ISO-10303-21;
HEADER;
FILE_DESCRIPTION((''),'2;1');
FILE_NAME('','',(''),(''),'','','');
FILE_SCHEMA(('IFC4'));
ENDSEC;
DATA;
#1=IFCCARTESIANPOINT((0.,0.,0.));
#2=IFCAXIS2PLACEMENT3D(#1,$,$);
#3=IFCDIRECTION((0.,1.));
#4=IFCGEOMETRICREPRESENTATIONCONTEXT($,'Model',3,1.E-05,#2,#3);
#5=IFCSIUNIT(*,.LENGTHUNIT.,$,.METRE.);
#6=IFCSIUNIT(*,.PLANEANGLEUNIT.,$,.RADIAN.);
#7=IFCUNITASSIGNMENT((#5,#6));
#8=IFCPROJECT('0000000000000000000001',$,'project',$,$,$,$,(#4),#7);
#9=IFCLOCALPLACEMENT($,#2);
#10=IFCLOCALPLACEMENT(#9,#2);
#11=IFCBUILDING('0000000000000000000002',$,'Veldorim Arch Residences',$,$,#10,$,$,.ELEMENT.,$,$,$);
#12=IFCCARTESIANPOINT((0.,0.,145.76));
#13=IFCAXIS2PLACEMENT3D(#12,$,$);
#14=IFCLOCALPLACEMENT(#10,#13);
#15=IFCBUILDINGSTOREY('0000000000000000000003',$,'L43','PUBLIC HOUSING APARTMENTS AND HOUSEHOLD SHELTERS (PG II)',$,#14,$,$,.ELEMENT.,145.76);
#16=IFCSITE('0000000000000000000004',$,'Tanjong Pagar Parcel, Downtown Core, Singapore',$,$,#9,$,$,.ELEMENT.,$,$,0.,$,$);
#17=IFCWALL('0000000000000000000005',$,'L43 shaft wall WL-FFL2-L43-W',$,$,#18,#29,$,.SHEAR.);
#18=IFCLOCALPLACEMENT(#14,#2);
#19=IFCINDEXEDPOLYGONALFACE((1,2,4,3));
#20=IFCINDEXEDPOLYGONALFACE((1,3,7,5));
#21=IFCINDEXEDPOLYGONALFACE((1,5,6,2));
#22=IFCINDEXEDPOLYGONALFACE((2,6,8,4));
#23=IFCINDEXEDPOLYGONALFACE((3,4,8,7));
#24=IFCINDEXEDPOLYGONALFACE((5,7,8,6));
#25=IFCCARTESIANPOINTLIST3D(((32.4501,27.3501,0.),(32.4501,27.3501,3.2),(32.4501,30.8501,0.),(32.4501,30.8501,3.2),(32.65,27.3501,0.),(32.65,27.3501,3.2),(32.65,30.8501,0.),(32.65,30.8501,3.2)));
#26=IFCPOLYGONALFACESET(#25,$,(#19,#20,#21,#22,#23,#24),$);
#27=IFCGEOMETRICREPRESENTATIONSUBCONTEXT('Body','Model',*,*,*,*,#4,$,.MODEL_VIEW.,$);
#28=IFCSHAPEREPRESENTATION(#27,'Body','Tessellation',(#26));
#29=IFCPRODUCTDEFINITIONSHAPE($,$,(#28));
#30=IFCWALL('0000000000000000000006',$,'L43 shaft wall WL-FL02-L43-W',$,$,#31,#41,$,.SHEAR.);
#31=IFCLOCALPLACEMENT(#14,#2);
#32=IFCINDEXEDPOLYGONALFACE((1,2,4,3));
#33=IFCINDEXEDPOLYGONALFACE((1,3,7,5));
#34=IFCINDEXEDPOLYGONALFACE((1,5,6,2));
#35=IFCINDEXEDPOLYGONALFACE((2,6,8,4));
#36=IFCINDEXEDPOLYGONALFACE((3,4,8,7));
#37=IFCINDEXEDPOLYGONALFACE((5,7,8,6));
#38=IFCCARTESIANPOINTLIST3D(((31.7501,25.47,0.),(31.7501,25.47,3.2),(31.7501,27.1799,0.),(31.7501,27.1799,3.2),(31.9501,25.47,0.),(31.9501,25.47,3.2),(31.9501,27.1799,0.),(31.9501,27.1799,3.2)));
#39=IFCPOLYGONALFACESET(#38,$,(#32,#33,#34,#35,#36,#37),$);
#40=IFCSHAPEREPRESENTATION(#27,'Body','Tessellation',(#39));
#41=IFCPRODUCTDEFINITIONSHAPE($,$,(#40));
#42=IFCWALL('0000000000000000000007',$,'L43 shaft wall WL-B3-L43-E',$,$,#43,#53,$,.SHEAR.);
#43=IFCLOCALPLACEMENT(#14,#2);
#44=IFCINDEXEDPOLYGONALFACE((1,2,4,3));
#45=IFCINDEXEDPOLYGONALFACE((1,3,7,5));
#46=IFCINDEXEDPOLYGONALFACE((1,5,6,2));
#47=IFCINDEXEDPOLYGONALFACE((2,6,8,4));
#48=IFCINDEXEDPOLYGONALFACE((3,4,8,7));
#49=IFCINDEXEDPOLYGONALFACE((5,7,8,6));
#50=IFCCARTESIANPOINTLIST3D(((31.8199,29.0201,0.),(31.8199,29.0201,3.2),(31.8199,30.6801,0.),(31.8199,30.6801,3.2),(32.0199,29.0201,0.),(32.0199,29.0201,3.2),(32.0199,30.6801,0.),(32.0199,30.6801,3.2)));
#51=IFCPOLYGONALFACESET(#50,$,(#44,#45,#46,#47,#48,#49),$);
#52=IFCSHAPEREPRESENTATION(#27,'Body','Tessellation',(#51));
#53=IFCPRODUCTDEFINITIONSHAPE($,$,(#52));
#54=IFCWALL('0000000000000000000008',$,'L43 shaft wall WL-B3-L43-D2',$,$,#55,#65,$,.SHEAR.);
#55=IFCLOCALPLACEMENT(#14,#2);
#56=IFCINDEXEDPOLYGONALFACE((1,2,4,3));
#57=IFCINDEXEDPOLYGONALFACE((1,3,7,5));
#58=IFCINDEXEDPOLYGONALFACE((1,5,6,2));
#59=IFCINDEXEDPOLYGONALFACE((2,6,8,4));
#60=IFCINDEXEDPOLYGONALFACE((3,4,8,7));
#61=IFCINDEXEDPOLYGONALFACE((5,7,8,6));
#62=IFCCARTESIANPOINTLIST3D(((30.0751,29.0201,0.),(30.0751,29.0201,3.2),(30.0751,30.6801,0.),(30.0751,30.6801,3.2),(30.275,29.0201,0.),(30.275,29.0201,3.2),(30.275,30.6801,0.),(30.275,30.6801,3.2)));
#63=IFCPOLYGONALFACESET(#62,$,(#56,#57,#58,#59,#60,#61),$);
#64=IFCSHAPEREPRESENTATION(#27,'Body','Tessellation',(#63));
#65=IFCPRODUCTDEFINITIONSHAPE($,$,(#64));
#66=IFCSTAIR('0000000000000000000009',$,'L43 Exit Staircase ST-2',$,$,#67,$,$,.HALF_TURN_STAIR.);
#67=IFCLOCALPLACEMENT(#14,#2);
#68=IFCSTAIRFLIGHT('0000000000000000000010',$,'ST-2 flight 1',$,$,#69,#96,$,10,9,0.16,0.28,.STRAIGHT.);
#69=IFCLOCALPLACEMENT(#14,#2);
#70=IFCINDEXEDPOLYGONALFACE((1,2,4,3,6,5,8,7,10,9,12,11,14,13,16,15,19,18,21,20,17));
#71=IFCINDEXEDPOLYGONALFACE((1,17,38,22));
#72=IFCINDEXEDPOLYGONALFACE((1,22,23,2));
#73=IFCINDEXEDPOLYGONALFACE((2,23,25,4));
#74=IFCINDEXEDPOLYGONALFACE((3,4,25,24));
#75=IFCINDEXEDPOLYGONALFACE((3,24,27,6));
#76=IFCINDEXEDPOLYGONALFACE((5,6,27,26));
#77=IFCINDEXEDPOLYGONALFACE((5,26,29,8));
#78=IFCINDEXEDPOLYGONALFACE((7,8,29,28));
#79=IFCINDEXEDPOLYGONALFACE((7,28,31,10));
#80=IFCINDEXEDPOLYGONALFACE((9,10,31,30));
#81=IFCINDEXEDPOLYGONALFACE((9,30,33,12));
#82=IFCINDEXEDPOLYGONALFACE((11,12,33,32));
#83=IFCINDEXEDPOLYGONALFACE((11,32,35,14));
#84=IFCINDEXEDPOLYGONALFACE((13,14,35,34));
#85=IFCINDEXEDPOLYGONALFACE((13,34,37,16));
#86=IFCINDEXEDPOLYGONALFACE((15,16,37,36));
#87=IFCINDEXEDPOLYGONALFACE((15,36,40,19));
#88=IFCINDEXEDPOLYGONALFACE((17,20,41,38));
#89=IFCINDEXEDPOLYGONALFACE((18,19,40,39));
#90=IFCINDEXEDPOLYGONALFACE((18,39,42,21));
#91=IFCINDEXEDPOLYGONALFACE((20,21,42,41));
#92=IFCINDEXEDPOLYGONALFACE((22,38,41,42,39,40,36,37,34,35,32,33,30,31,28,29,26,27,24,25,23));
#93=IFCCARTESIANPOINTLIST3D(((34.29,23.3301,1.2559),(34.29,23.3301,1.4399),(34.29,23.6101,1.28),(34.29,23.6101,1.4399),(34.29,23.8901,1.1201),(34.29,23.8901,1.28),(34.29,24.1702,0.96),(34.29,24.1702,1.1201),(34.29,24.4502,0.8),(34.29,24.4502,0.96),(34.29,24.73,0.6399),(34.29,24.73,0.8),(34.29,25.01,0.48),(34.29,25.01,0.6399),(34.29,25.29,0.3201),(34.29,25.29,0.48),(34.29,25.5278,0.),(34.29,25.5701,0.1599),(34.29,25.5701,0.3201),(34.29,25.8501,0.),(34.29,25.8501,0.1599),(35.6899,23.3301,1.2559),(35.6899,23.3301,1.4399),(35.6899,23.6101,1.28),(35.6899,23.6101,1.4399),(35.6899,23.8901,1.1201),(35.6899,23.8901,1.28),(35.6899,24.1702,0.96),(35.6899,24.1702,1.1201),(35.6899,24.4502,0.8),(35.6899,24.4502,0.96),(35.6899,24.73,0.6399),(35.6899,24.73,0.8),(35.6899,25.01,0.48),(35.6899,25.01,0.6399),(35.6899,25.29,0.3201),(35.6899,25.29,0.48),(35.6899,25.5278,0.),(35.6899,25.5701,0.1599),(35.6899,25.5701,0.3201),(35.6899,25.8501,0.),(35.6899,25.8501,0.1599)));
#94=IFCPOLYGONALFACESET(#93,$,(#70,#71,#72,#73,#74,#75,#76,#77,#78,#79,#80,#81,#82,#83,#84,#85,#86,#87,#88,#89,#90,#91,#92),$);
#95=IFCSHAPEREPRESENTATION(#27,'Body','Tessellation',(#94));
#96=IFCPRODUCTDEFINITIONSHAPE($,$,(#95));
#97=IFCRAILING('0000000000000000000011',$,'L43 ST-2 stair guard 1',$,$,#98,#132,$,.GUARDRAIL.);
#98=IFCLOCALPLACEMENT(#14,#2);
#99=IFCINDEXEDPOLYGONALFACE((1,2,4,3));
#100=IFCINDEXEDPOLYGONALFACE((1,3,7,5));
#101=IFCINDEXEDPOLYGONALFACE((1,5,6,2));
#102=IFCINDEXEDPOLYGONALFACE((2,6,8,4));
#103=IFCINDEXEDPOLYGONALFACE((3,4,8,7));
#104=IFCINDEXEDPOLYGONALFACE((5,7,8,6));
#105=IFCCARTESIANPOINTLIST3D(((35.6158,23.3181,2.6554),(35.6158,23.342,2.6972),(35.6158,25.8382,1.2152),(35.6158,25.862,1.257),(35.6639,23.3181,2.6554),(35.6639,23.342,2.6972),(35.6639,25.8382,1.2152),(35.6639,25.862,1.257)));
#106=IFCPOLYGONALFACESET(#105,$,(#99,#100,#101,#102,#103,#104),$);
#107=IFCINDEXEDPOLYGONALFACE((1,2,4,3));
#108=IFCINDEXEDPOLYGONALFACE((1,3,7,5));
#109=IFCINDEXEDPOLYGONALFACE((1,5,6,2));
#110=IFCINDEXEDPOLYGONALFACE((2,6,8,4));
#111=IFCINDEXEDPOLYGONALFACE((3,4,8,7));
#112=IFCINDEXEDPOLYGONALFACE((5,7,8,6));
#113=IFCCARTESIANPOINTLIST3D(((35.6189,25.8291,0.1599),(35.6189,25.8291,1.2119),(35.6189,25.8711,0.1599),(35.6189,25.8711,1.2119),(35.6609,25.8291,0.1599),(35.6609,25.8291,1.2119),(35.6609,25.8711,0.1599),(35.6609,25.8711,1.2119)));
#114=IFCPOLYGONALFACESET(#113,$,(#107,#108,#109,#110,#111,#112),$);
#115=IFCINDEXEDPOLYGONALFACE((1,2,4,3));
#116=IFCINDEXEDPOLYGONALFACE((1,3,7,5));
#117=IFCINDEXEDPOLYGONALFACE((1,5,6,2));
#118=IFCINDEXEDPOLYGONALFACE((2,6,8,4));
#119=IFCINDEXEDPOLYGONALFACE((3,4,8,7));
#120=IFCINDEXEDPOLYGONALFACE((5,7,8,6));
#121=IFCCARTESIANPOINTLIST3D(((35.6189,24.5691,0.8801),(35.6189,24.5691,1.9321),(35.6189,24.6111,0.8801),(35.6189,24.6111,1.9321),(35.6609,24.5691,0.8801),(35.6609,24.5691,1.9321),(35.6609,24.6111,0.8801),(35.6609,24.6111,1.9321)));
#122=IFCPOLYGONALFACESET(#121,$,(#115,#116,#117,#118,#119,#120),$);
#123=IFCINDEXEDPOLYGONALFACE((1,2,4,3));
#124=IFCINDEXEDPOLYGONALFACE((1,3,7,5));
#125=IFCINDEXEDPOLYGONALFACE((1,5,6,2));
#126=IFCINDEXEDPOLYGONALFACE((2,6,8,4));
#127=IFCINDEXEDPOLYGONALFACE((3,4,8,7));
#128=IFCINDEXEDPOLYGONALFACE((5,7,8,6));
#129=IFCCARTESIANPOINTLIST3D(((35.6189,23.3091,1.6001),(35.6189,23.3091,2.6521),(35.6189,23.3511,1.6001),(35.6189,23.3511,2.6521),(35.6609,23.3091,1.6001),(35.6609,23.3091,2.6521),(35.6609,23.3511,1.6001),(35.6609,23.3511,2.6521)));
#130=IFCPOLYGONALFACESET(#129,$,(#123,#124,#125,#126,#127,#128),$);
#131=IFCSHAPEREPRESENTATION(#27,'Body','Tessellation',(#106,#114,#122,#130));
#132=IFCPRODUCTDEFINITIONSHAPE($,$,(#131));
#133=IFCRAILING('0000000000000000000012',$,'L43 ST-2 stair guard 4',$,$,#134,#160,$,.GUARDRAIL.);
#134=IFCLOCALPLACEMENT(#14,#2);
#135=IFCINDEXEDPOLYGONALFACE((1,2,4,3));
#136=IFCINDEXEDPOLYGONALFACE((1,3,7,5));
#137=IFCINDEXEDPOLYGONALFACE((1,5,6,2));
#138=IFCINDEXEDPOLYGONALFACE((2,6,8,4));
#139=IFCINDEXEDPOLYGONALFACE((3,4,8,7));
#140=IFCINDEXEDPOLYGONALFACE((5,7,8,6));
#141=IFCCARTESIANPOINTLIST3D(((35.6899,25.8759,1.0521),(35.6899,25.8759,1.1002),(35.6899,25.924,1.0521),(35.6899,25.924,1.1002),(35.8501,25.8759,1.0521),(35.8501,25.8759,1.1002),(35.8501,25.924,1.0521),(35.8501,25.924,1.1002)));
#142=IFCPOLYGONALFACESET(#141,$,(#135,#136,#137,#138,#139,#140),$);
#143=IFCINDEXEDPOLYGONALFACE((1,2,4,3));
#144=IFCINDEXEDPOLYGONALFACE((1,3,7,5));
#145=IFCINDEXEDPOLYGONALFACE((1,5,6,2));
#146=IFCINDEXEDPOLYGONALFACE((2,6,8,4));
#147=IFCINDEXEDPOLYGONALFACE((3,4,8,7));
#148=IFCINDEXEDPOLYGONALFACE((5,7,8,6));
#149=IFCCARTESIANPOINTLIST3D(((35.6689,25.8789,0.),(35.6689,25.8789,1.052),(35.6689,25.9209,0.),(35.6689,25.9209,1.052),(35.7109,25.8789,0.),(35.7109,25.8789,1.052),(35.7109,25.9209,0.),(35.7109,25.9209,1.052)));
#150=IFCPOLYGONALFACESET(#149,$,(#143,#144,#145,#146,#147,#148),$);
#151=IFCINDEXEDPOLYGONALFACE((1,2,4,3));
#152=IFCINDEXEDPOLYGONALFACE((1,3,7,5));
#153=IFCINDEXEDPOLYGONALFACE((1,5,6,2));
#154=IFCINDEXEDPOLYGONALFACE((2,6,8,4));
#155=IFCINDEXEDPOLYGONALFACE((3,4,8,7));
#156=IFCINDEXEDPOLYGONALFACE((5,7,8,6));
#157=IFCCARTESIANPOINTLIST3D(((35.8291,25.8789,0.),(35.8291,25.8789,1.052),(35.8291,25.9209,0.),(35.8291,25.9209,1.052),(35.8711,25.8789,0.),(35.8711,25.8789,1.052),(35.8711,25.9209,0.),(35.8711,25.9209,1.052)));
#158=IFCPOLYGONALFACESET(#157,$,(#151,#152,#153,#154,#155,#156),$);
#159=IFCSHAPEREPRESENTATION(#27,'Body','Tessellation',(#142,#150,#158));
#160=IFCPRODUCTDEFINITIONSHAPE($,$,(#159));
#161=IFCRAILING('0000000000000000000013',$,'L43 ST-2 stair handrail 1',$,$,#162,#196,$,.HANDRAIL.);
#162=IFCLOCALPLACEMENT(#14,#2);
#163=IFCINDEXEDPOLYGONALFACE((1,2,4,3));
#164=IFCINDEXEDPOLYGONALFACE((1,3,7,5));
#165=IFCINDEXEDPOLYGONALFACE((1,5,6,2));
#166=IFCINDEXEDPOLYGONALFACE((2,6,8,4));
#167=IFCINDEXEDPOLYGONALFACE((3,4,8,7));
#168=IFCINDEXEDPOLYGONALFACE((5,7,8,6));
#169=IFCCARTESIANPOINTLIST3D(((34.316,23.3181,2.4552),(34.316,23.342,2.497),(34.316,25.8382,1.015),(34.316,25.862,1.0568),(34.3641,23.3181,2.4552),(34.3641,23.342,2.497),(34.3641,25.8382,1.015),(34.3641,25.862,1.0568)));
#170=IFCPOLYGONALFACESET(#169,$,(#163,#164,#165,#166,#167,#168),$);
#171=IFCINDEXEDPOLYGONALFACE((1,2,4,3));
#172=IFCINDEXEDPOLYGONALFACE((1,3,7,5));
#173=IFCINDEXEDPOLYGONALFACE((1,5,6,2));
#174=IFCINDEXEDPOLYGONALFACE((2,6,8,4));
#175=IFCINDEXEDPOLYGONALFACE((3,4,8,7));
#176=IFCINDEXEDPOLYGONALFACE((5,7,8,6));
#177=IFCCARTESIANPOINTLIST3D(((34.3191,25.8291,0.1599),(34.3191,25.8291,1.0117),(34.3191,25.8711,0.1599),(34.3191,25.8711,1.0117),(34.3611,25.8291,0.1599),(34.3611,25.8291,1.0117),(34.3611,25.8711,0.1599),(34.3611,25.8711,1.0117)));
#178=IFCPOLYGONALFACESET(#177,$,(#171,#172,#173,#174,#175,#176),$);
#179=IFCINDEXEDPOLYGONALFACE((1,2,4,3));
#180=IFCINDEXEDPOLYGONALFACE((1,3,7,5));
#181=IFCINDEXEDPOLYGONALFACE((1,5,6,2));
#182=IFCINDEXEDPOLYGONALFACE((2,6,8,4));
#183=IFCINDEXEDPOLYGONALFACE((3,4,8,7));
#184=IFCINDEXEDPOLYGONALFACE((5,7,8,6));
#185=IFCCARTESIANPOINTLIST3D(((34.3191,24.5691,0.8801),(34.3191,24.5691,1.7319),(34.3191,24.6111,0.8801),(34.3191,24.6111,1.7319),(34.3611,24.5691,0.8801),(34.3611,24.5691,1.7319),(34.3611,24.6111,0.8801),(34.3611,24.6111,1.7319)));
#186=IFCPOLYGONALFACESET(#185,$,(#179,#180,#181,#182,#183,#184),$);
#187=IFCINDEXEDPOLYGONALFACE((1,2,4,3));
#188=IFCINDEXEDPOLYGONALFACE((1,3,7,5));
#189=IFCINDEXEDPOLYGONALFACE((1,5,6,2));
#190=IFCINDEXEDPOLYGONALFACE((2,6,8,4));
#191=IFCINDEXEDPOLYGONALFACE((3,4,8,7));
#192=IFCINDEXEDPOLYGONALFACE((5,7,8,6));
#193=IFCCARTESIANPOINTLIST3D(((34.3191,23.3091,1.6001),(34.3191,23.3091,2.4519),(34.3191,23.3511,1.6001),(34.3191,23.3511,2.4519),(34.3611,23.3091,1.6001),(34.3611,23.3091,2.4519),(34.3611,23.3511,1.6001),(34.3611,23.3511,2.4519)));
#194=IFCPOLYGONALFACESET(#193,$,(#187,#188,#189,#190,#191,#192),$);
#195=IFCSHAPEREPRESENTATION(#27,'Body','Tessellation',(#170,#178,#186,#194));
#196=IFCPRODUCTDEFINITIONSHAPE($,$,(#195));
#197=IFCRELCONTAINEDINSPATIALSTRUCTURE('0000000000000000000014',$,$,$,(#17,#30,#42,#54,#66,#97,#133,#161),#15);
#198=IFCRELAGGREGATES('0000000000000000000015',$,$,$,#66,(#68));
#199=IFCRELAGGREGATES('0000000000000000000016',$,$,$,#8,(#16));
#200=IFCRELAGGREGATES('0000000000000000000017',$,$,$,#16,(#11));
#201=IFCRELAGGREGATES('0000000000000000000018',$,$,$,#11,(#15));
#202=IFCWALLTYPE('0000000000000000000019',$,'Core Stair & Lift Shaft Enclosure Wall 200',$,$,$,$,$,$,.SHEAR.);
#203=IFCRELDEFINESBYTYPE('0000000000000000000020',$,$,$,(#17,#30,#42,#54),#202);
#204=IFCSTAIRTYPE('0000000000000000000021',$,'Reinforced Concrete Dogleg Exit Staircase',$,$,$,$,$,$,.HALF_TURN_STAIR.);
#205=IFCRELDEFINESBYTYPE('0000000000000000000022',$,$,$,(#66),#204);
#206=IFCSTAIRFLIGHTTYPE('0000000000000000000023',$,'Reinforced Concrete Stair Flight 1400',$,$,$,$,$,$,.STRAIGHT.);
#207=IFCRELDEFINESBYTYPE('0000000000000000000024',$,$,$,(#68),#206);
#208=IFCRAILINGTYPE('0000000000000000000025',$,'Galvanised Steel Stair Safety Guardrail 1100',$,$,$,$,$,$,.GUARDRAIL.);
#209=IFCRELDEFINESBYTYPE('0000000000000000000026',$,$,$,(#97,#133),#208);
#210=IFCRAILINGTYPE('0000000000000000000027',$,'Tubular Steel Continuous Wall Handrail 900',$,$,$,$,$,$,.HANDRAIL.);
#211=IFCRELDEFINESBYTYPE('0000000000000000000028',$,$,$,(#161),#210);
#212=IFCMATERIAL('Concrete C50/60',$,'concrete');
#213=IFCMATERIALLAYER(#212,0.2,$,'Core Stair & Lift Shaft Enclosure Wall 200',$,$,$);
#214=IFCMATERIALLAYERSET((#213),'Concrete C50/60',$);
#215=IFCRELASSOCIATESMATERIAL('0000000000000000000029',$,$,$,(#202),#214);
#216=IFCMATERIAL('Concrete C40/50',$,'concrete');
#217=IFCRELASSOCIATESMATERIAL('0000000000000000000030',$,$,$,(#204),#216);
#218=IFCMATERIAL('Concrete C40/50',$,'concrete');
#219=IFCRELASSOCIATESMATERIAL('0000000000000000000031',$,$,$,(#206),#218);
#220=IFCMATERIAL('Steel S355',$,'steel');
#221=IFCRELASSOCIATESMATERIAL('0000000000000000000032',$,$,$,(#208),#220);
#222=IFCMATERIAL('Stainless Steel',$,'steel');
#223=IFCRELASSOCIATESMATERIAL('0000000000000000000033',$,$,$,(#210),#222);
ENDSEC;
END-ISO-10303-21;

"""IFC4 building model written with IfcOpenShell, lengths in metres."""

from ifc_helpers import new_model, si_unit, direction, frame, frame_2d, origin, origin_2d, place, context, subcontext, project, spatial, polyline, rectangle, outline, extrude, material, layer, layer_set, type_object, element, aggregate, save


model = new_model("IFC4")

# Units and contexts
model_context = context("Model", 3, precision=1e-05, world=origin(), true_north=direction((0.0, 1.0)))
body_context = subcontext(model_context, "Body", "Model", "MODEL_VIEW")
ifc_project = project(units=[si_unit("LENGTHUNIT", "METRE"), si_unit("PLANEANGLEUNIT", "RADIAN")], contexts=[model_context])

# Site, building, storey
site_placement = place(None, origin())
site = spatial("IfcSite", under=ifc_project, at=site_placement, Name="Tanjong Pagar Parcel, Downtown Core, Singapore", CompositionType="ELEMENT", RefElevation=0.0)
building_placement = place(site_placement, origin())
building = spatial("IfcBuilding", under=site, at=building_placement, Name="Veldorim Arch Residences", CompositionType="ELEMENT")
storey_placement = place(building_placement, frame((0.0, 0.0, 145.76)))
storey = spatial("IfcBuildingStorey", under=building, at=storey_placement, Name="L43", Description="PUBLIC HOUSING APARTMENTS AND HOUSEHOLD SHELTERS (PG II)", CompositionType="ELEMENT", Elevation=145.76)

# Shared definitions
ifc_material_1 = material(Name="Concrete C50/60", Category="concrete")
ifc_layer_1 = layer(ifc_material_1, 0.2, Name="Core Stair & Lift Shaft Enclosure Wall 200")
ifc_layer_set_1 = layer_set([ifc_layer_1], Name="Concrete C50/60")
wall_type_1 = type_object("IfcWallType", Name="Core Stair & Lift Shaft Enclosure Wall 200", PredefinedType="SHEAR", material=ifc_layer_set_1)

# Wall
wall_1_placement = place(storey_placement, frame((32.55, 27.3501, 0.0), z_axis=(0.0, 0.0, 1.0), x_axis=(0.0, 1.0, 0.0)))
element("IfcWall", 1, at=wall_1_placement, inside=storey, type_object=wall_type_1, Name="L43 shaft wall WL-FFL2-L43-W", PredefinedType="SHEAR", context=body_context, shape_type="SweptSolid", body=[
    extrude(rectangle(XDim=3.5, YDim=0.2, at=frame_2d((1.75, 0.0))), origin(), (0.0, 0.0, 1.0), 3.2),
])

# Walls
wall_2_placement = place(storey_placement, frame((31.8501, 25.47, 0.0), z_axis=(0.0, 0.0, 1.0), x_axis=(0.0, 1.0, 0.0)))
element("IfcWall", 2, at=wall_2_placement, inside=storey, type_object=wall_type_1, Name="L43 shaft wall WL-FL02-L43-W", PredefinedType="SHEAR", context=body_context, shape_type="SweptSolid", body=[
    extrude(rectangle(XDim=1.71, YDim=0.2, at=frame_2d((0.855, 0.0))), origin(), (0.0, 0.0, 1.0), 3.2),
])
for number, where, z_axis, x_axis, name in (
    (3, (31.9199, 29.02, 0.0), (0.0, 0.0, 1.0), (0.0, 1.0, 0.0), "L43 shaft wall WL-B3-L43-E"),
    (4, (30.175, 29.02, 0.0), (0.0, 0.0, 1.0), (0.0, 1.0, 0.0), "L43 shaft wall WL-B3-L43-D2"),
):
    element("IfcWall", number, at=place(storey_placement, frame(where, z_axis=z_axis, x_axis=x_axis)), inside=storey, type_object=wall_type_1, Name=name, PredefinedType="SHEAR", context=body_context, shape_type="SweptSolid", body=[
        extrude(rectangle(XDim=1.6599, YDim=0.2, at=frame_2d((0.8301, 0.0))), origin(), (0.0, 0.0, 1.0), 3.2),
    ])

# Stair, stair flight
ifc_material_2 = material(Name="Concrete C40/50", Category="concrete")
stair_type = type_object("IfcStairType", Name="Reinforced Concrete Dogleg Exit Staircase", PredefinedType="HALF_TURN_STAIR", material=ifc_material_2)
stair_placement = place(storey_placement, origin())
stair = element("IfcStair", 5, at=stair_placement, inside=storey, type_object=stair_type, Name="L43 Exit Staircase ST-2", PredefinedType="HALF_TURN_STAIR")
ifc_material_3 = material(Name="Concrete C40/50", Category="concrete")
stair_flight_type = type_object("IfcStairFlightType", Name="Reinforced Concrete Stair Flight 1400", PredefinedType="STRAIGHT", material=ifc_material_3)
stair_flight_placement = place(storey_placement, frame((34.99, 25.8501, 0.0), z_axis=(0.0, 0.0, 1.0), x_axis=(0.0, -1.0, 0.0)))
stair_flight = element("IfcStairFlight", 6, at=stair_flight_placement, type_object=stair_flight_type, Name="ST-2 flight 1", NumberOfRisers=10, NumberOfTreads=9, PredefinedType="STRAIGHT", RiserHeight=0.16, TreadLength=0.28, context=body_context, shape_type="SweptSolid", body=[
    extrude(outline(polyline([(0.0, 0.0), (0.0, 0.1599), (0.28, 0.1599), (0.28, 0.3201), (0.5601, 0.3201), (0.5601, 0.48), (0.8401, 0.48), (0.8401, 0.6399), (1.1201, 0.6399), (1.1201, 0.8), (1.3999, 0.8), (1.3999, 0.96), (1.6799, 0.96), (1.6799, 1.1201), (1.96, 1.1201), (1.96, 1.28), (2.24, 1.28), (2.24, 1.4399), (2.52, 1.4399), (2.52, 1.6001), (2.52, 1.2559), (0.3223, 0.0), (0.0, 0.0)])), frame((0.0, 0.7, 0.0), z_axis=(0.0, -1.0, 0.0), x_axis=(1.0, 0.0, 0.0)), (0.0, 0.0, 1.0), 1.3999),
])
aggregate(stair, [stair_flight])

# Railings
ifc_material_4 = material(Name="Steel S355", Category="steel")
railing_type_1 = type_object("IfcRailingType", Name="Galvanised Steel Stair Safety Guardrail 1100", PredefinedType="GUARDRAIL", material=ifc_material_4)
railing_1_placement = place(storey_placement, frame((35.6399, 25.8501, 0.1599)))
element("IfcRailing", 7, at=railing_1_placement, inside=storey, type_object=railing_type_1, Name="L43 ST-2 stair guard 1", PredefinedType="GUARDRAIL", context=body_context, shape_type="SweptSolid", body=[
    extrude(rectangle(XDim=0.0481, YDim=0.0481, at=origin_2d()), frame((0.0, 0.0, 1.0762), z_axis=(0.0, -0.868217, 0.496184), x_axis=(1.0, 0.0, 0.0)), (0.0, 0.0, 1.0), 2.9026),
    extrude(rectangle(XDim=0.042, YDim=0.042, at=origin_2d()), origin(), (0.0, 0.0, 1.0), 1.052),
    extrude(rectangle(XDim=0.042, YDim=0.042, at=origin_2d()), frame((0.0, -1.26, 0.7202)), (0.0, 0.0, 1.0), 1.052),
    extrude(rectangle(XDim=0.042, YDim=0.042, at=origin_2d()), frame((0.0, -2.52, 1.4402)), (0.0, 0.0, 1.0), 1.052),
])
railing_2_placement = place(storey_placement, frame((35.6899, 25.8999, 0.0)))
element("IfcRailing", 8, at=railing_2_placement, inside=storey, type_object=railing_type_1, Name="L43 ST-2 stair guard 4", PredefinedType="GUARDRAIL", context=body_context, shape_type="SweptSolid", body=[
    extrude(rectangle(XDim=0.0481, YDim=0.0481, at=origin_2d()), frame((0.0, 0.0, 1.0762), z_axis=(1.0, 0.0, 0.0), x_axis=(0.0, 1.0, 0.0)), (0.0, 0.0, 1.0), 0.1602),
    extrude(rectangle(XDim=0.042, YDim=0.042, at=origin_2d()), origin(), (0.0, 0.0, 1.0), 1.052),
    extrude(rectangle(XDim=0.042, YDim=0.042, at=origin_2d()), frame((0.1602, 0.0, 0.0)), (0.0, 0.0, 1.0), 1.052),
])
ifc_material_5 = material(Name="Stainless Steel", Category="steel")
railing_type_2 = type_object("IfcRailingType", Name="Tubular Steel Continuous Wall Handrail 900", PredefinedType="HANDRAIL", material=ifc_material_5)
railing_3_placement = place(storey_placement, frame((34.3401, 25.8501, 0.1599)))
element("IfcRailing", 9, at=railing_3_placement, inside=storey, type_object=railing_type_2, Name="L43 ST-2 stair handrail 1", PredefinedType="HANDRAIL", context=body_context, shape_type="SweptSolid", body=[
    extrude(rectangle(XDim=0.0481, YDim=0.0481, at=origin_2d()), frame((0.0, 0.0, 0.876), z_axis=(0.0, -0.868217, 0.496184), x_axis=(1.0, 0.0, 0.0)), (0.0, 0.0, 1.0), 2.9026),
    extrude(rectangle(XDim=0.042, YDim=0.042, at=origin_2d()), origin(), (0.0, 0.0, 1.0), 0.8518),
    extrude(rectangle(XDim=0.042, YDim=0.042, at=origin_2d()), frame((0.0, -1.26, 0.7202)), (0.0, 0.0, 1.0), 0.8518),
    extrude(rectangle(XDim=0.042, YDim=0.042, at=origin_2d()), frame((0.0, -2.52, 1.4402)), (0.0, 0.0, 1.0), 0.8518),
])

save(model, "model.ifc")
